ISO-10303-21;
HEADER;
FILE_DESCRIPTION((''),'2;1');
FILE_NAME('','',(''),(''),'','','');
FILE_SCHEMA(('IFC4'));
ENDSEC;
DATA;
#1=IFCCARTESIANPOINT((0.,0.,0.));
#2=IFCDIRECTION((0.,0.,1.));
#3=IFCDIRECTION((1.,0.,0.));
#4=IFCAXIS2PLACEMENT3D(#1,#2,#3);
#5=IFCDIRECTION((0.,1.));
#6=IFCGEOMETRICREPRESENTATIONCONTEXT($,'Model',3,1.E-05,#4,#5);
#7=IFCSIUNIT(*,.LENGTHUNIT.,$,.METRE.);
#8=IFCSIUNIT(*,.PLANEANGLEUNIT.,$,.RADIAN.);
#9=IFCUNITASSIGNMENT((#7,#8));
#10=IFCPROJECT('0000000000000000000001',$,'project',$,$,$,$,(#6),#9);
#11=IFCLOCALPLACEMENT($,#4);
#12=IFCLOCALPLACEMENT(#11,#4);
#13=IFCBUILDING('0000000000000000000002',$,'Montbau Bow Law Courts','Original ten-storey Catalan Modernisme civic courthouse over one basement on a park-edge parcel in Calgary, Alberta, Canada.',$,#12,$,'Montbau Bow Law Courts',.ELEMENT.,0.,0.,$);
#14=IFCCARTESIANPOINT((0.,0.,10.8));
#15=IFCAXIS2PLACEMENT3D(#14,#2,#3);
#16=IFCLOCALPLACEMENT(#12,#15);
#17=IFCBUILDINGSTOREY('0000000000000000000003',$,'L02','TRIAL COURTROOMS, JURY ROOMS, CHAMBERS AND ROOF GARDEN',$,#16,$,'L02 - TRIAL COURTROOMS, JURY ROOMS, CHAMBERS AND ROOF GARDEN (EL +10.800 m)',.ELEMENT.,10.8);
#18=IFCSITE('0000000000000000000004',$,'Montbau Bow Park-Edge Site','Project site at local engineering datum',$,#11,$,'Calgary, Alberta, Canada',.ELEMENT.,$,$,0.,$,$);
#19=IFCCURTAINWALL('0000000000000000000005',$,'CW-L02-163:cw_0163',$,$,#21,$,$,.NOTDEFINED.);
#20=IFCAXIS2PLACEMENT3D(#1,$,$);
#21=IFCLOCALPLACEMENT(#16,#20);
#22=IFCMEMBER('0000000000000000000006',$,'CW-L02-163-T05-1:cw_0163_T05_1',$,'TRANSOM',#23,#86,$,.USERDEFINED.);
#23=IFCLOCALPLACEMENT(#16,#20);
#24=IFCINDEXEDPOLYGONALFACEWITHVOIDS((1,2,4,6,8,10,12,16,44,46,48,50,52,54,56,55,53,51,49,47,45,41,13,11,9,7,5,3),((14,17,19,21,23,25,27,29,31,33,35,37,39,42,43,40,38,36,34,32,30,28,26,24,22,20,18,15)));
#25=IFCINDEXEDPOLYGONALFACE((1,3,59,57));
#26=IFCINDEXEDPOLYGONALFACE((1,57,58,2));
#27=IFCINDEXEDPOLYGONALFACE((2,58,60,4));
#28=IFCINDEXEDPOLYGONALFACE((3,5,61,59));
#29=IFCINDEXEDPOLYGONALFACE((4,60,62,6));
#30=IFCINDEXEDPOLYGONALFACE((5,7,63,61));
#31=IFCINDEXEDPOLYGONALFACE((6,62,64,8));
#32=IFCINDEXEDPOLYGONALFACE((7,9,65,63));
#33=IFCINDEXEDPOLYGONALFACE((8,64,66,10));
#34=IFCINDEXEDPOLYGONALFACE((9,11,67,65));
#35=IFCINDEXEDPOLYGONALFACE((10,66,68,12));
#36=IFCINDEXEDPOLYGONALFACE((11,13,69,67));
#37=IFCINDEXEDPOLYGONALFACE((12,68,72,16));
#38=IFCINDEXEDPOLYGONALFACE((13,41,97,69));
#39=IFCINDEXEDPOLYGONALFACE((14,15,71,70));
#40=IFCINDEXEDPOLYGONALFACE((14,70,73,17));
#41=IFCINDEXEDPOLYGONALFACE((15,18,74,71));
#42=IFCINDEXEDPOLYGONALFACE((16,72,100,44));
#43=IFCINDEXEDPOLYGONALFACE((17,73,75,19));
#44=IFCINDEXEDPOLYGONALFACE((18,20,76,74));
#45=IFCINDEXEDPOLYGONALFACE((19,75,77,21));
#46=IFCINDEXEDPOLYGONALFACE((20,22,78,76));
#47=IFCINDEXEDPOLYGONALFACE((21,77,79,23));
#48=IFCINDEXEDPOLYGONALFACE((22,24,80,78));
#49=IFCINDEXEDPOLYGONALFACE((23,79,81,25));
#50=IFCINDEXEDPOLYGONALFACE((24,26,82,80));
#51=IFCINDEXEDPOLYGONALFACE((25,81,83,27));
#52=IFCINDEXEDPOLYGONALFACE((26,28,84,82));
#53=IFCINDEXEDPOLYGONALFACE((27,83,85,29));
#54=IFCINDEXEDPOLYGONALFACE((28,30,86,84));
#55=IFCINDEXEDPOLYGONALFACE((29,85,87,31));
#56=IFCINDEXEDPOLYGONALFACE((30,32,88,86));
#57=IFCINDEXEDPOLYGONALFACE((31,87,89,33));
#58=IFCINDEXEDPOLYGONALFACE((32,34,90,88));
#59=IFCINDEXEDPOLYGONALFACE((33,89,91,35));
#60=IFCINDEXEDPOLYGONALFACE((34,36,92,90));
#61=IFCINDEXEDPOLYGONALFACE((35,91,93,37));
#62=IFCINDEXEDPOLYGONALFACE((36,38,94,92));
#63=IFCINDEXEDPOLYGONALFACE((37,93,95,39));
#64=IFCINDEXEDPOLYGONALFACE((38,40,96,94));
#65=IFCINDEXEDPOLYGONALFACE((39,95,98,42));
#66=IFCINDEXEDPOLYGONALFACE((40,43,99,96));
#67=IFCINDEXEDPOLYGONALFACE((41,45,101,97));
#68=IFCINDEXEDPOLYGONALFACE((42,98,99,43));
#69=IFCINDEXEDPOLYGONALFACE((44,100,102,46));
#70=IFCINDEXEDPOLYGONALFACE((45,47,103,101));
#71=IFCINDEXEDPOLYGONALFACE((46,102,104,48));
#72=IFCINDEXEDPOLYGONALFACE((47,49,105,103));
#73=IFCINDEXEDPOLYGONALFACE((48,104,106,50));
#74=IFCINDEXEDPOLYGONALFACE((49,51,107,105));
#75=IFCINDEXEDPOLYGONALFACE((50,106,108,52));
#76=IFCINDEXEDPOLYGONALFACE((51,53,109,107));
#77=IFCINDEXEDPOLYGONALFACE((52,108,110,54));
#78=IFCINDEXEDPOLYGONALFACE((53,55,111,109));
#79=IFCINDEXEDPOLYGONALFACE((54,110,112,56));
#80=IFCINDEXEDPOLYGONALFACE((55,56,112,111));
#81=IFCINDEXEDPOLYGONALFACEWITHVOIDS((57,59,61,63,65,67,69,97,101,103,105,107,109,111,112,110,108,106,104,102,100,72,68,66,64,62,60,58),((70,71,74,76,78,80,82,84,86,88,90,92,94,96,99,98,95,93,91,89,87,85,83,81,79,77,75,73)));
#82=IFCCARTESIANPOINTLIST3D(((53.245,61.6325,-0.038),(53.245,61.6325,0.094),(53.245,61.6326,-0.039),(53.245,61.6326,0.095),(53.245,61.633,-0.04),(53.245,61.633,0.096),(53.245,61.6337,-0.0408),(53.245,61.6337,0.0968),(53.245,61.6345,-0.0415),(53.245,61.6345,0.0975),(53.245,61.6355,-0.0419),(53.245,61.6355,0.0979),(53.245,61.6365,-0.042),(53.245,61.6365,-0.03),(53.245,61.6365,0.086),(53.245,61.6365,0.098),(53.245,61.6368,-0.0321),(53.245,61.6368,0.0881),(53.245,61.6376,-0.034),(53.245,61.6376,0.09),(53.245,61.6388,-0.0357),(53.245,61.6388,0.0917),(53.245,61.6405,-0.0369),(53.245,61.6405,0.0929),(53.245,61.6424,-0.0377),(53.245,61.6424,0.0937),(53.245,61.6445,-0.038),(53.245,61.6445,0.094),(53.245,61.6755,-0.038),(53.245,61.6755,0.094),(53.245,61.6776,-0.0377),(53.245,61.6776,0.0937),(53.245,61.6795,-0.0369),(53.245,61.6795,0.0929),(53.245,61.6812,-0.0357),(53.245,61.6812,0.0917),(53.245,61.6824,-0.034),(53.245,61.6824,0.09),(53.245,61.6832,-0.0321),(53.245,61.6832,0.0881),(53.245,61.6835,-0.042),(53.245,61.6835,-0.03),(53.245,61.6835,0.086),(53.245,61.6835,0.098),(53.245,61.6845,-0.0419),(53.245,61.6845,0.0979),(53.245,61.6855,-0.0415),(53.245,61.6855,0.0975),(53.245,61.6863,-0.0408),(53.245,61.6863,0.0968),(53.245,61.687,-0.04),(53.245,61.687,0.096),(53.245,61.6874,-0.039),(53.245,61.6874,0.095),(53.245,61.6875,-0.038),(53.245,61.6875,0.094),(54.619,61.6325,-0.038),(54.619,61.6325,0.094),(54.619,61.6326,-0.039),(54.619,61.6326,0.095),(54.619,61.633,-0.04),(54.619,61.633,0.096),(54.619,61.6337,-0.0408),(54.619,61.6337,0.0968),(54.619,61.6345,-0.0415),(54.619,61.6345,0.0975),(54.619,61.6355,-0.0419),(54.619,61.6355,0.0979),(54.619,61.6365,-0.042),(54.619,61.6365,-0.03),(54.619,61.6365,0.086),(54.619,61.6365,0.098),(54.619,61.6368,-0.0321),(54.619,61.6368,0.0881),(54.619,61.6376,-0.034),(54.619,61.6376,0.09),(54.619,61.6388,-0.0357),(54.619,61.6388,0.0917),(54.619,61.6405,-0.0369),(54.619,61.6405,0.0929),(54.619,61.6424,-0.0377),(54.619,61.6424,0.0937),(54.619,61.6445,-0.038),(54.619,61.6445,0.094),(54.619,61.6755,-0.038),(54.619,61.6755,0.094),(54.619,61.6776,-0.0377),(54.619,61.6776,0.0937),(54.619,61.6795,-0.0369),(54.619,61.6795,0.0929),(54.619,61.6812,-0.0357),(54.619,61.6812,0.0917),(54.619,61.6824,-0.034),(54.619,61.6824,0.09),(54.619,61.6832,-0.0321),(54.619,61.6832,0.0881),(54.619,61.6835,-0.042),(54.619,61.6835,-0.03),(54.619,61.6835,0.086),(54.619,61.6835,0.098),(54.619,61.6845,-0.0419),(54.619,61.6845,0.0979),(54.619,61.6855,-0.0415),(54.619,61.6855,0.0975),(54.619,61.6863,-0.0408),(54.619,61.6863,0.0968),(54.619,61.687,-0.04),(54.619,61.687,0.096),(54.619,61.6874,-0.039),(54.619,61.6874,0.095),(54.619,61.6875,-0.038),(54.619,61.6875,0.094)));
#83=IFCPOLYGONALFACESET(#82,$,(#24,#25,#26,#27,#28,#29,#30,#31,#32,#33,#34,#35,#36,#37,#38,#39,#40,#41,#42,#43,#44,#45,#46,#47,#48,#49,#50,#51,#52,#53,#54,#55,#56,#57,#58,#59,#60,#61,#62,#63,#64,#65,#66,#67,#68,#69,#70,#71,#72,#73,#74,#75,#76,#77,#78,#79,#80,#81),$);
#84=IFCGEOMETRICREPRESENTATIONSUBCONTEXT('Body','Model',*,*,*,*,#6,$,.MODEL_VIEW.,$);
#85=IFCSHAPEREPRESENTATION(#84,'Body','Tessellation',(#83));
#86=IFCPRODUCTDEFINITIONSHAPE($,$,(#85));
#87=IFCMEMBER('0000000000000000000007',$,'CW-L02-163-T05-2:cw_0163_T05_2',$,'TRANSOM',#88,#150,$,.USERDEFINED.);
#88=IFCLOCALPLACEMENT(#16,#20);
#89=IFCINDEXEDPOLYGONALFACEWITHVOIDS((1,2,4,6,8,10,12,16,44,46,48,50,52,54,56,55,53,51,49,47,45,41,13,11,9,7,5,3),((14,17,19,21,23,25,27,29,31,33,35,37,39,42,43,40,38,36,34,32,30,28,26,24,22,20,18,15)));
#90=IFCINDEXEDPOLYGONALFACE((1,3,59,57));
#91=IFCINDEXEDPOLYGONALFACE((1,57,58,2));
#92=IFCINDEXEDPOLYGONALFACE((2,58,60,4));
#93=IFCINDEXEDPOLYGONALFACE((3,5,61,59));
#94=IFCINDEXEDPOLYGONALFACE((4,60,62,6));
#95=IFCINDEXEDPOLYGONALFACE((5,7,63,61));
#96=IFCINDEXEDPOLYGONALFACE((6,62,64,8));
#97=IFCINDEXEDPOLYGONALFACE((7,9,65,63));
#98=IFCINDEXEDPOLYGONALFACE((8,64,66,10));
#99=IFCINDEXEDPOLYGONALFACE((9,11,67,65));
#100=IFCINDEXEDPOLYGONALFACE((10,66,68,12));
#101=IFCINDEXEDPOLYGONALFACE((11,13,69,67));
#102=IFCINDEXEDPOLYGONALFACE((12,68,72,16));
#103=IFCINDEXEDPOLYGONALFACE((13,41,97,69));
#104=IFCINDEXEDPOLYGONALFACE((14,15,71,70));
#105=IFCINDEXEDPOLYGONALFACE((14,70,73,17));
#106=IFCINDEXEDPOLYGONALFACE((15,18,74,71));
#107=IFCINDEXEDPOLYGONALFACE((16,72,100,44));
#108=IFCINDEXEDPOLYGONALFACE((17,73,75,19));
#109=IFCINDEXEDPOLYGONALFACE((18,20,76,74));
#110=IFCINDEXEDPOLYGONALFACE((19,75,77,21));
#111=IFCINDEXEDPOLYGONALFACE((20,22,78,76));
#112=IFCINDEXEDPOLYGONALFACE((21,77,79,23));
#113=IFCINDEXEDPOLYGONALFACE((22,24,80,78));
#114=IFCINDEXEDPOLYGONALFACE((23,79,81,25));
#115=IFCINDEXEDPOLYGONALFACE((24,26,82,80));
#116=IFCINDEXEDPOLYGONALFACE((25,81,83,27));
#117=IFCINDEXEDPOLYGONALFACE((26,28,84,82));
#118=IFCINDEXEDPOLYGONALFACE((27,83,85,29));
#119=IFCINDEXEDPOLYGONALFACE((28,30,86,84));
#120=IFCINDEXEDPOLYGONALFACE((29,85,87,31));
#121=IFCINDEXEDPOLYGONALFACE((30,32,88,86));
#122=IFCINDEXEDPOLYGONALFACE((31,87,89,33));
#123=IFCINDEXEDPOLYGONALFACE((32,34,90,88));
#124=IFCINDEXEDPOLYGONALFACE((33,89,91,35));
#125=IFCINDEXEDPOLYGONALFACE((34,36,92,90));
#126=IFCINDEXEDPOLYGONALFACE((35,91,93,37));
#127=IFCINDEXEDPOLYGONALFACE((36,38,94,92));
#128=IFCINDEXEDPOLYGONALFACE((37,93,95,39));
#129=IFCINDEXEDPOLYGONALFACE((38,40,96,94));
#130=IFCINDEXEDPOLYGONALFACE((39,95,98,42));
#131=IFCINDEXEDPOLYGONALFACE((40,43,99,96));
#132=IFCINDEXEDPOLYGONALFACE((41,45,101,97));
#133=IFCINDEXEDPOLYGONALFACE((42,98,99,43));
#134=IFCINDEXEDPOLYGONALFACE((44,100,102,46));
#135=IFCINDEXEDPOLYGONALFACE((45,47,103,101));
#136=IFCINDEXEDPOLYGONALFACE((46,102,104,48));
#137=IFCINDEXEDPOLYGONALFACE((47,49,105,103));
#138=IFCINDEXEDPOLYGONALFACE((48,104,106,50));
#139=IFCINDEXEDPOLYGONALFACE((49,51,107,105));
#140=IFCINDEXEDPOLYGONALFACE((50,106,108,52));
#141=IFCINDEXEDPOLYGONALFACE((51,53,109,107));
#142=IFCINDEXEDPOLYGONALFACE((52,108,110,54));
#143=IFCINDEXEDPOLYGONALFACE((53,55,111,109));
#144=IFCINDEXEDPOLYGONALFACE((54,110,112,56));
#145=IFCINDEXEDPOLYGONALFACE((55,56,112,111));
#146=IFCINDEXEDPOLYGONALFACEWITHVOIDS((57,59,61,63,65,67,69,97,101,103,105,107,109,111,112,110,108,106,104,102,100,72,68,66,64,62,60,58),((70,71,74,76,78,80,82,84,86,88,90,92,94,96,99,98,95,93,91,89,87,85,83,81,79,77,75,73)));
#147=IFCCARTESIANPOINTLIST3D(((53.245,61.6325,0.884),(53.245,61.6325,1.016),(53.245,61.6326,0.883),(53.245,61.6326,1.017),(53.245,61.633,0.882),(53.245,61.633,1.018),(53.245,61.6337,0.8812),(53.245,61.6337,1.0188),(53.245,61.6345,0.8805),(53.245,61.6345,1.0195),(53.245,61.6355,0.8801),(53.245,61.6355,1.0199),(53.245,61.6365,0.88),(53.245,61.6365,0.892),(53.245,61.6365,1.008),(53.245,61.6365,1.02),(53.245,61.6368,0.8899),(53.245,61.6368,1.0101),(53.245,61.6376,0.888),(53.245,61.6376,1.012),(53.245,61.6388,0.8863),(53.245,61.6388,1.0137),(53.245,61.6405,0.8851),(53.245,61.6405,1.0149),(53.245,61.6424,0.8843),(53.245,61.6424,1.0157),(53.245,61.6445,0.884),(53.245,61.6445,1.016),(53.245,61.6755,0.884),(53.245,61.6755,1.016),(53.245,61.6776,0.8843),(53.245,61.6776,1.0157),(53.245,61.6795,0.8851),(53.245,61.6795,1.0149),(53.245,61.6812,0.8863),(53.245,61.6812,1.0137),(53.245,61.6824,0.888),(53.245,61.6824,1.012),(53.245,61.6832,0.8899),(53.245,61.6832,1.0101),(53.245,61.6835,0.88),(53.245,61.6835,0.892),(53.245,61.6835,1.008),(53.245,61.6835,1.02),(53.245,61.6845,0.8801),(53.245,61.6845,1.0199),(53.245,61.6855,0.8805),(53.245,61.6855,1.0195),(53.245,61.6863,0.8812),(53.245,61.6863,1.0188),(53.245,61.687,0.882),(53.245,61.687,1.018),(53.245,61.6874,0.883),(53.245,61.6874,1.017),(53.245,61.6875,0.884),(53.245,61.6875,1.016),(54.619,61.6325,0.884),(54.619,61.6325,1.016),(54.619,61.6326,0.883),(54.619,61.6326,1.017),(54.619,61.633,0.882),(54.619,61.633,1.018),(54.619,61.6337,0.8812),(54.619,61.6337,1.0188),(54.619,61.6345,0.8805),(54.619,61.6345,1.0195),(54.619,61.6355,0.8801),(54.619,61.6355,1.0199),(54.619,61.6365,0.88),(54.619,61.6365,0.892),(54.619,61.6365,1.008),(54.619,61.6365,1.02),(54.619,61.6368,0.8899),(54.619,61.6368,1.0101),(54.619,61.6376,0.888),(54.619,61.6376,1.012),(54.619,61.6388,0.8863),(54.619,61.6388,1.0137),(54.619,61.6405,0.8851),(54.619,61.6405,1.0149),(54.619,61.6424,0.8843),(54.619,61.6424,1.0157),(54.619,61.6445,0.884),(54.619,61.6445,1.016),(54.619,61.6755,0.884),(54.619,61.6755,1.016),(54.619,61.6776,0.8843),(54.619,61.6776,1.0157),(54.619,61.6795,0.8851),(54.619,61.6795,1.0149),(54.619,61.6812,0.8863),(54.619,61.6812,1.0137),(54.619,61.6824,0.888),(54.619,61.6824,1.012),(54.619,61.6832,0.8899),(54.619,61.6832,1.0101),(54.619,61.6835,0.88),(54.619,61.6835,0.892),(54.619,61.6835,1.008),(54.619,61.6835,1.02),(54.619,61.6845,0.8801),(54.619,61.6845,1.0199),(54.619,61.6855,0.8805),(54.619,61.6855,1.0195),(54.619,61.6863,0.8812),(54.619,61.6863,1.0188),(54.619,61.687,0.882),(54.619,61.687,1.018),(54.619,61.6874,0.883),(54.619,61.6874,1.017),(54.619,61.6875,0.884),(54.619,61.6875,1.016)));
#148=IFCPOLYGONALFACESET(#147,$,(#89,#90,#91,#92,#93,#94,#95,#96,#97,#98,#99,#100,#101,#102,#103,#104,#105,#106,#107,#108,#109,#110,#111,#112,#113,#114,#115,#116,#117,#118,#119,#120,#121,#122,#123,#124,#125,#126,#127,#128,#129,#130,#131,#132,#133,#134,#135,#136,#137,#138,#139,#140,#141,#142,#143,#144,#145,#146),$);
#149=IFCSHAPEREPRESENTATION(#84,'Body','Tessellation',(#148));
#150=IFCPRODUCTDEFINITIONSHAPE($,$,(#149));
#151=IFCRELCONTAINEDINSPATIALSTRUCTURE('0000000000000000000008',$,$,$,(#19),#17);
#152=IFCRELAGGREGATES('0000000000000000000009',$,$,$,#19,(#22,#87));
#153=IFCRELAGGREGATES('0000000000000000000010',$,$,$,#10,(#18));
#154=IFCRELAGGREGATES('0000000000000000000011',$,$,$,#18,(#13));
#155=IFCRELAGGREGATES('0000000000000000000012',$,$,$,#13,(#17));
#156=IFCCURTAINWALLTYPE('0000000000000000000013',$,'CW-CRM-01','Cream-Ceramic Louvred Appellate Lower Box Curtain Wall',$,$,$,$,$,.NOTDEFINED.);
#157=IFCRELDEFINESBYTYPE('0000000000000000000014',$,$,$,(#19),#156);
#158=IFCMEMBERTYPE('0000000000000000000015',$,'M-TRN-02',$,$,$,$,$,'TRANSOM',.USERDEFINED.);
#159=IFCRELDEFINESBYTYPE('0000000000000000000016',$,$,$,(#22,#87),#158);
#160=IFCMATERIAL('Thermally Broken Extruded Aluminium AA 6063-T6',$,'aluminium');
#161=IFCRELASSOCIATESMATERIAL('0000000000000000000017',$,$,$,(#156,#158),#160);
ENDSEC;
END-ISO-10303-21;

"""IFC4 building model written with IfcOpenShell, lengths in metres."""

from ifc_helpers import new_model, si_unit, direction, frame, origin_with_axes, origin_2d_with_axis, place, context, subcontext, project, spatial, hollow_rectangle, extrude, material, material_profile, profile_set, type_object, element, aggregate, save


model = new_model("IFC4")

# Units and contexts
model_context = context("Model", 3, precision=1e-05, world=origin_with_axes(), true_north=direction((0.0, 1.0)))
body_context = subcontext(model_context, "Body", "Model", "MODEL_VIEW")
ifc_project = project(units=[si_unit("LENGTHUNIT", "METRE"), si_unit("PLANEANGLEUNIT", "RADIAN")], contexts=[model_context])

# Site, building, storey
site_placement = place(None, origin_with_axes())
site = spatial("IfcSite", under=ifc_project, at=site_placement, Name="Montbau Bow Park-Edge Site", Description="Project site at local engineering datum", LongName="Calgary, Alberta, Canada", CompositionType="ELEMENT", RefElevation=0.0)
building_placement = place(site_placement, origin_with_axes())
building = spatial("IfcBuilding", under=site, at=building_placement, Name="Montbau Bow Law Courts", Description="Original ten-storey Catalan Modernisme civic courthouse over one basement on a park-edge parcel in Calgary, Alberta, Canada.", LongName="Montbau Bow Law Courts", CompositionType="ELEMENT", ElevationOfRefHeight=0.0, ElevationOfTerrain=0.0)
storey_placement = place(building_placement, frame((0.0, 0.0, 10.8), z_axis=(0.0, 0.0, 1.0), x_axis=(1.0, 0.0, 0.0)))
storey = spatial("IfcBuildingStorey", under=building, at=storey_placement, Name="L02", Description="TRIAL COURTROOMS, JURY ROOMS, CHAMBERS AND ROOF GARDEN", LongName="L02 - TRIAL COURTROOMS, JURY ROOMS, CHAMBERS AND ROOF GARDEN (EL +10.800 m)", CompositionType="ELEMENT", Elevation=10.8)

# Curtain wall
ifc_material_1 = material(Name="Thermally Broken Extruded Aluminium AA 6063-T6", Category="aluminium")
curtain_wall_type = type_object("IfcCurtainWallType", Name="CW-CRM-01", Description="Cream-Ceramic Louvred Appellate Lower Box Curtain Wall", PredefinedType="NOTDEFINED", material=ifc_material_1)
curtain_wall_1_placement = place(None, frame((47.315, 61.66, 10.8), z_axis=(0.0, 0.0, 1.0), x_axis=(1.0, 0.0, 0.0)))
curtain_wall_1 = element("IfcCurtainWall", 1, at=curtain_wall_1_placement, inside=storey, type_object=curtain_wall_type, Name="CW-L02-163:cw_0163", PredefinedType="NOTDEFINED")

# Members
ifc_material_profile_1 = material_profile(ifc_material_1, hollow_rectangle(XDim=0.055, YDim=0.14, WallThickness=0.004, InnerFilletRadius=0.008, OuterFilletRadius=0.004, at=origin_2d_with_axis()), Name="CWT-140X55", Category="Main", Priority=0)
ifc_profile_set_1 = profile_set([ifc_material_profile_1], Name="Thermally Broken Extruded Aluminium AA 6063-T6")
member_type_1 = type_object("IfcMemberType", Name="M-TRN-02", ElementType="TRANSOM", PredefinedType="USERDEFINED", material=ifc_profile_set_1)
member_1_placement = place(None, frame((53.245, 61.66, 10.828), z_axis=(1.0, 0.0, 0.0), x_axis=(0.0, 1.0, 0.0)))
member_1 = element("IfcMember", 2, at=member_1_placement, type_object=member_type_1, Name="CW-L02-163-T05-1:cw_0163_T05_1", ObjectType="TRANSOM", PredefinedType="USERDEFINED", context=body_context, shape_type="SweptSolid", body=[
    extrude(hollow_rectangle(XDim=0.055, YDim=0.14, WallThickness=0.004, InnerFilletRadius=0.008, OuterFilletRadius=0.004, at=origin_2d_with_axis()), origin_with_axes(), (0.0, 0.0, 1.0), 1.374),
])
member_2_placement = place(None, frame((53.245, 61.66, 11.75), z_axis=(1.0, 0.0, 0.0), x_axis=(0.0, 1.0, 0.0)))
member_2 = element("IfcMember", 3, at=member_2_placement, type_object=member_type_1, Name="CW-L02-163-T05-2:cw_0163_T05_2", ObjectType="TRANSOM", PredefinedType="USERDEFINED", context=body_context, shape_type="SweptSolid", body=[
    extrude(hollow_rectangle(XDim=0.055, YDim=0.14, WallThickness=0.004, InnerFilletRadius=0.008, OuterFilletRadius=0.004, at=origin_2d_with_axis()), origin_with_axes(), (0.0, 0.0, 1.0), 1.374),
])

aggregate(curtain_wall_1, [member_1, member_2])

save(model, "model.ifc")
